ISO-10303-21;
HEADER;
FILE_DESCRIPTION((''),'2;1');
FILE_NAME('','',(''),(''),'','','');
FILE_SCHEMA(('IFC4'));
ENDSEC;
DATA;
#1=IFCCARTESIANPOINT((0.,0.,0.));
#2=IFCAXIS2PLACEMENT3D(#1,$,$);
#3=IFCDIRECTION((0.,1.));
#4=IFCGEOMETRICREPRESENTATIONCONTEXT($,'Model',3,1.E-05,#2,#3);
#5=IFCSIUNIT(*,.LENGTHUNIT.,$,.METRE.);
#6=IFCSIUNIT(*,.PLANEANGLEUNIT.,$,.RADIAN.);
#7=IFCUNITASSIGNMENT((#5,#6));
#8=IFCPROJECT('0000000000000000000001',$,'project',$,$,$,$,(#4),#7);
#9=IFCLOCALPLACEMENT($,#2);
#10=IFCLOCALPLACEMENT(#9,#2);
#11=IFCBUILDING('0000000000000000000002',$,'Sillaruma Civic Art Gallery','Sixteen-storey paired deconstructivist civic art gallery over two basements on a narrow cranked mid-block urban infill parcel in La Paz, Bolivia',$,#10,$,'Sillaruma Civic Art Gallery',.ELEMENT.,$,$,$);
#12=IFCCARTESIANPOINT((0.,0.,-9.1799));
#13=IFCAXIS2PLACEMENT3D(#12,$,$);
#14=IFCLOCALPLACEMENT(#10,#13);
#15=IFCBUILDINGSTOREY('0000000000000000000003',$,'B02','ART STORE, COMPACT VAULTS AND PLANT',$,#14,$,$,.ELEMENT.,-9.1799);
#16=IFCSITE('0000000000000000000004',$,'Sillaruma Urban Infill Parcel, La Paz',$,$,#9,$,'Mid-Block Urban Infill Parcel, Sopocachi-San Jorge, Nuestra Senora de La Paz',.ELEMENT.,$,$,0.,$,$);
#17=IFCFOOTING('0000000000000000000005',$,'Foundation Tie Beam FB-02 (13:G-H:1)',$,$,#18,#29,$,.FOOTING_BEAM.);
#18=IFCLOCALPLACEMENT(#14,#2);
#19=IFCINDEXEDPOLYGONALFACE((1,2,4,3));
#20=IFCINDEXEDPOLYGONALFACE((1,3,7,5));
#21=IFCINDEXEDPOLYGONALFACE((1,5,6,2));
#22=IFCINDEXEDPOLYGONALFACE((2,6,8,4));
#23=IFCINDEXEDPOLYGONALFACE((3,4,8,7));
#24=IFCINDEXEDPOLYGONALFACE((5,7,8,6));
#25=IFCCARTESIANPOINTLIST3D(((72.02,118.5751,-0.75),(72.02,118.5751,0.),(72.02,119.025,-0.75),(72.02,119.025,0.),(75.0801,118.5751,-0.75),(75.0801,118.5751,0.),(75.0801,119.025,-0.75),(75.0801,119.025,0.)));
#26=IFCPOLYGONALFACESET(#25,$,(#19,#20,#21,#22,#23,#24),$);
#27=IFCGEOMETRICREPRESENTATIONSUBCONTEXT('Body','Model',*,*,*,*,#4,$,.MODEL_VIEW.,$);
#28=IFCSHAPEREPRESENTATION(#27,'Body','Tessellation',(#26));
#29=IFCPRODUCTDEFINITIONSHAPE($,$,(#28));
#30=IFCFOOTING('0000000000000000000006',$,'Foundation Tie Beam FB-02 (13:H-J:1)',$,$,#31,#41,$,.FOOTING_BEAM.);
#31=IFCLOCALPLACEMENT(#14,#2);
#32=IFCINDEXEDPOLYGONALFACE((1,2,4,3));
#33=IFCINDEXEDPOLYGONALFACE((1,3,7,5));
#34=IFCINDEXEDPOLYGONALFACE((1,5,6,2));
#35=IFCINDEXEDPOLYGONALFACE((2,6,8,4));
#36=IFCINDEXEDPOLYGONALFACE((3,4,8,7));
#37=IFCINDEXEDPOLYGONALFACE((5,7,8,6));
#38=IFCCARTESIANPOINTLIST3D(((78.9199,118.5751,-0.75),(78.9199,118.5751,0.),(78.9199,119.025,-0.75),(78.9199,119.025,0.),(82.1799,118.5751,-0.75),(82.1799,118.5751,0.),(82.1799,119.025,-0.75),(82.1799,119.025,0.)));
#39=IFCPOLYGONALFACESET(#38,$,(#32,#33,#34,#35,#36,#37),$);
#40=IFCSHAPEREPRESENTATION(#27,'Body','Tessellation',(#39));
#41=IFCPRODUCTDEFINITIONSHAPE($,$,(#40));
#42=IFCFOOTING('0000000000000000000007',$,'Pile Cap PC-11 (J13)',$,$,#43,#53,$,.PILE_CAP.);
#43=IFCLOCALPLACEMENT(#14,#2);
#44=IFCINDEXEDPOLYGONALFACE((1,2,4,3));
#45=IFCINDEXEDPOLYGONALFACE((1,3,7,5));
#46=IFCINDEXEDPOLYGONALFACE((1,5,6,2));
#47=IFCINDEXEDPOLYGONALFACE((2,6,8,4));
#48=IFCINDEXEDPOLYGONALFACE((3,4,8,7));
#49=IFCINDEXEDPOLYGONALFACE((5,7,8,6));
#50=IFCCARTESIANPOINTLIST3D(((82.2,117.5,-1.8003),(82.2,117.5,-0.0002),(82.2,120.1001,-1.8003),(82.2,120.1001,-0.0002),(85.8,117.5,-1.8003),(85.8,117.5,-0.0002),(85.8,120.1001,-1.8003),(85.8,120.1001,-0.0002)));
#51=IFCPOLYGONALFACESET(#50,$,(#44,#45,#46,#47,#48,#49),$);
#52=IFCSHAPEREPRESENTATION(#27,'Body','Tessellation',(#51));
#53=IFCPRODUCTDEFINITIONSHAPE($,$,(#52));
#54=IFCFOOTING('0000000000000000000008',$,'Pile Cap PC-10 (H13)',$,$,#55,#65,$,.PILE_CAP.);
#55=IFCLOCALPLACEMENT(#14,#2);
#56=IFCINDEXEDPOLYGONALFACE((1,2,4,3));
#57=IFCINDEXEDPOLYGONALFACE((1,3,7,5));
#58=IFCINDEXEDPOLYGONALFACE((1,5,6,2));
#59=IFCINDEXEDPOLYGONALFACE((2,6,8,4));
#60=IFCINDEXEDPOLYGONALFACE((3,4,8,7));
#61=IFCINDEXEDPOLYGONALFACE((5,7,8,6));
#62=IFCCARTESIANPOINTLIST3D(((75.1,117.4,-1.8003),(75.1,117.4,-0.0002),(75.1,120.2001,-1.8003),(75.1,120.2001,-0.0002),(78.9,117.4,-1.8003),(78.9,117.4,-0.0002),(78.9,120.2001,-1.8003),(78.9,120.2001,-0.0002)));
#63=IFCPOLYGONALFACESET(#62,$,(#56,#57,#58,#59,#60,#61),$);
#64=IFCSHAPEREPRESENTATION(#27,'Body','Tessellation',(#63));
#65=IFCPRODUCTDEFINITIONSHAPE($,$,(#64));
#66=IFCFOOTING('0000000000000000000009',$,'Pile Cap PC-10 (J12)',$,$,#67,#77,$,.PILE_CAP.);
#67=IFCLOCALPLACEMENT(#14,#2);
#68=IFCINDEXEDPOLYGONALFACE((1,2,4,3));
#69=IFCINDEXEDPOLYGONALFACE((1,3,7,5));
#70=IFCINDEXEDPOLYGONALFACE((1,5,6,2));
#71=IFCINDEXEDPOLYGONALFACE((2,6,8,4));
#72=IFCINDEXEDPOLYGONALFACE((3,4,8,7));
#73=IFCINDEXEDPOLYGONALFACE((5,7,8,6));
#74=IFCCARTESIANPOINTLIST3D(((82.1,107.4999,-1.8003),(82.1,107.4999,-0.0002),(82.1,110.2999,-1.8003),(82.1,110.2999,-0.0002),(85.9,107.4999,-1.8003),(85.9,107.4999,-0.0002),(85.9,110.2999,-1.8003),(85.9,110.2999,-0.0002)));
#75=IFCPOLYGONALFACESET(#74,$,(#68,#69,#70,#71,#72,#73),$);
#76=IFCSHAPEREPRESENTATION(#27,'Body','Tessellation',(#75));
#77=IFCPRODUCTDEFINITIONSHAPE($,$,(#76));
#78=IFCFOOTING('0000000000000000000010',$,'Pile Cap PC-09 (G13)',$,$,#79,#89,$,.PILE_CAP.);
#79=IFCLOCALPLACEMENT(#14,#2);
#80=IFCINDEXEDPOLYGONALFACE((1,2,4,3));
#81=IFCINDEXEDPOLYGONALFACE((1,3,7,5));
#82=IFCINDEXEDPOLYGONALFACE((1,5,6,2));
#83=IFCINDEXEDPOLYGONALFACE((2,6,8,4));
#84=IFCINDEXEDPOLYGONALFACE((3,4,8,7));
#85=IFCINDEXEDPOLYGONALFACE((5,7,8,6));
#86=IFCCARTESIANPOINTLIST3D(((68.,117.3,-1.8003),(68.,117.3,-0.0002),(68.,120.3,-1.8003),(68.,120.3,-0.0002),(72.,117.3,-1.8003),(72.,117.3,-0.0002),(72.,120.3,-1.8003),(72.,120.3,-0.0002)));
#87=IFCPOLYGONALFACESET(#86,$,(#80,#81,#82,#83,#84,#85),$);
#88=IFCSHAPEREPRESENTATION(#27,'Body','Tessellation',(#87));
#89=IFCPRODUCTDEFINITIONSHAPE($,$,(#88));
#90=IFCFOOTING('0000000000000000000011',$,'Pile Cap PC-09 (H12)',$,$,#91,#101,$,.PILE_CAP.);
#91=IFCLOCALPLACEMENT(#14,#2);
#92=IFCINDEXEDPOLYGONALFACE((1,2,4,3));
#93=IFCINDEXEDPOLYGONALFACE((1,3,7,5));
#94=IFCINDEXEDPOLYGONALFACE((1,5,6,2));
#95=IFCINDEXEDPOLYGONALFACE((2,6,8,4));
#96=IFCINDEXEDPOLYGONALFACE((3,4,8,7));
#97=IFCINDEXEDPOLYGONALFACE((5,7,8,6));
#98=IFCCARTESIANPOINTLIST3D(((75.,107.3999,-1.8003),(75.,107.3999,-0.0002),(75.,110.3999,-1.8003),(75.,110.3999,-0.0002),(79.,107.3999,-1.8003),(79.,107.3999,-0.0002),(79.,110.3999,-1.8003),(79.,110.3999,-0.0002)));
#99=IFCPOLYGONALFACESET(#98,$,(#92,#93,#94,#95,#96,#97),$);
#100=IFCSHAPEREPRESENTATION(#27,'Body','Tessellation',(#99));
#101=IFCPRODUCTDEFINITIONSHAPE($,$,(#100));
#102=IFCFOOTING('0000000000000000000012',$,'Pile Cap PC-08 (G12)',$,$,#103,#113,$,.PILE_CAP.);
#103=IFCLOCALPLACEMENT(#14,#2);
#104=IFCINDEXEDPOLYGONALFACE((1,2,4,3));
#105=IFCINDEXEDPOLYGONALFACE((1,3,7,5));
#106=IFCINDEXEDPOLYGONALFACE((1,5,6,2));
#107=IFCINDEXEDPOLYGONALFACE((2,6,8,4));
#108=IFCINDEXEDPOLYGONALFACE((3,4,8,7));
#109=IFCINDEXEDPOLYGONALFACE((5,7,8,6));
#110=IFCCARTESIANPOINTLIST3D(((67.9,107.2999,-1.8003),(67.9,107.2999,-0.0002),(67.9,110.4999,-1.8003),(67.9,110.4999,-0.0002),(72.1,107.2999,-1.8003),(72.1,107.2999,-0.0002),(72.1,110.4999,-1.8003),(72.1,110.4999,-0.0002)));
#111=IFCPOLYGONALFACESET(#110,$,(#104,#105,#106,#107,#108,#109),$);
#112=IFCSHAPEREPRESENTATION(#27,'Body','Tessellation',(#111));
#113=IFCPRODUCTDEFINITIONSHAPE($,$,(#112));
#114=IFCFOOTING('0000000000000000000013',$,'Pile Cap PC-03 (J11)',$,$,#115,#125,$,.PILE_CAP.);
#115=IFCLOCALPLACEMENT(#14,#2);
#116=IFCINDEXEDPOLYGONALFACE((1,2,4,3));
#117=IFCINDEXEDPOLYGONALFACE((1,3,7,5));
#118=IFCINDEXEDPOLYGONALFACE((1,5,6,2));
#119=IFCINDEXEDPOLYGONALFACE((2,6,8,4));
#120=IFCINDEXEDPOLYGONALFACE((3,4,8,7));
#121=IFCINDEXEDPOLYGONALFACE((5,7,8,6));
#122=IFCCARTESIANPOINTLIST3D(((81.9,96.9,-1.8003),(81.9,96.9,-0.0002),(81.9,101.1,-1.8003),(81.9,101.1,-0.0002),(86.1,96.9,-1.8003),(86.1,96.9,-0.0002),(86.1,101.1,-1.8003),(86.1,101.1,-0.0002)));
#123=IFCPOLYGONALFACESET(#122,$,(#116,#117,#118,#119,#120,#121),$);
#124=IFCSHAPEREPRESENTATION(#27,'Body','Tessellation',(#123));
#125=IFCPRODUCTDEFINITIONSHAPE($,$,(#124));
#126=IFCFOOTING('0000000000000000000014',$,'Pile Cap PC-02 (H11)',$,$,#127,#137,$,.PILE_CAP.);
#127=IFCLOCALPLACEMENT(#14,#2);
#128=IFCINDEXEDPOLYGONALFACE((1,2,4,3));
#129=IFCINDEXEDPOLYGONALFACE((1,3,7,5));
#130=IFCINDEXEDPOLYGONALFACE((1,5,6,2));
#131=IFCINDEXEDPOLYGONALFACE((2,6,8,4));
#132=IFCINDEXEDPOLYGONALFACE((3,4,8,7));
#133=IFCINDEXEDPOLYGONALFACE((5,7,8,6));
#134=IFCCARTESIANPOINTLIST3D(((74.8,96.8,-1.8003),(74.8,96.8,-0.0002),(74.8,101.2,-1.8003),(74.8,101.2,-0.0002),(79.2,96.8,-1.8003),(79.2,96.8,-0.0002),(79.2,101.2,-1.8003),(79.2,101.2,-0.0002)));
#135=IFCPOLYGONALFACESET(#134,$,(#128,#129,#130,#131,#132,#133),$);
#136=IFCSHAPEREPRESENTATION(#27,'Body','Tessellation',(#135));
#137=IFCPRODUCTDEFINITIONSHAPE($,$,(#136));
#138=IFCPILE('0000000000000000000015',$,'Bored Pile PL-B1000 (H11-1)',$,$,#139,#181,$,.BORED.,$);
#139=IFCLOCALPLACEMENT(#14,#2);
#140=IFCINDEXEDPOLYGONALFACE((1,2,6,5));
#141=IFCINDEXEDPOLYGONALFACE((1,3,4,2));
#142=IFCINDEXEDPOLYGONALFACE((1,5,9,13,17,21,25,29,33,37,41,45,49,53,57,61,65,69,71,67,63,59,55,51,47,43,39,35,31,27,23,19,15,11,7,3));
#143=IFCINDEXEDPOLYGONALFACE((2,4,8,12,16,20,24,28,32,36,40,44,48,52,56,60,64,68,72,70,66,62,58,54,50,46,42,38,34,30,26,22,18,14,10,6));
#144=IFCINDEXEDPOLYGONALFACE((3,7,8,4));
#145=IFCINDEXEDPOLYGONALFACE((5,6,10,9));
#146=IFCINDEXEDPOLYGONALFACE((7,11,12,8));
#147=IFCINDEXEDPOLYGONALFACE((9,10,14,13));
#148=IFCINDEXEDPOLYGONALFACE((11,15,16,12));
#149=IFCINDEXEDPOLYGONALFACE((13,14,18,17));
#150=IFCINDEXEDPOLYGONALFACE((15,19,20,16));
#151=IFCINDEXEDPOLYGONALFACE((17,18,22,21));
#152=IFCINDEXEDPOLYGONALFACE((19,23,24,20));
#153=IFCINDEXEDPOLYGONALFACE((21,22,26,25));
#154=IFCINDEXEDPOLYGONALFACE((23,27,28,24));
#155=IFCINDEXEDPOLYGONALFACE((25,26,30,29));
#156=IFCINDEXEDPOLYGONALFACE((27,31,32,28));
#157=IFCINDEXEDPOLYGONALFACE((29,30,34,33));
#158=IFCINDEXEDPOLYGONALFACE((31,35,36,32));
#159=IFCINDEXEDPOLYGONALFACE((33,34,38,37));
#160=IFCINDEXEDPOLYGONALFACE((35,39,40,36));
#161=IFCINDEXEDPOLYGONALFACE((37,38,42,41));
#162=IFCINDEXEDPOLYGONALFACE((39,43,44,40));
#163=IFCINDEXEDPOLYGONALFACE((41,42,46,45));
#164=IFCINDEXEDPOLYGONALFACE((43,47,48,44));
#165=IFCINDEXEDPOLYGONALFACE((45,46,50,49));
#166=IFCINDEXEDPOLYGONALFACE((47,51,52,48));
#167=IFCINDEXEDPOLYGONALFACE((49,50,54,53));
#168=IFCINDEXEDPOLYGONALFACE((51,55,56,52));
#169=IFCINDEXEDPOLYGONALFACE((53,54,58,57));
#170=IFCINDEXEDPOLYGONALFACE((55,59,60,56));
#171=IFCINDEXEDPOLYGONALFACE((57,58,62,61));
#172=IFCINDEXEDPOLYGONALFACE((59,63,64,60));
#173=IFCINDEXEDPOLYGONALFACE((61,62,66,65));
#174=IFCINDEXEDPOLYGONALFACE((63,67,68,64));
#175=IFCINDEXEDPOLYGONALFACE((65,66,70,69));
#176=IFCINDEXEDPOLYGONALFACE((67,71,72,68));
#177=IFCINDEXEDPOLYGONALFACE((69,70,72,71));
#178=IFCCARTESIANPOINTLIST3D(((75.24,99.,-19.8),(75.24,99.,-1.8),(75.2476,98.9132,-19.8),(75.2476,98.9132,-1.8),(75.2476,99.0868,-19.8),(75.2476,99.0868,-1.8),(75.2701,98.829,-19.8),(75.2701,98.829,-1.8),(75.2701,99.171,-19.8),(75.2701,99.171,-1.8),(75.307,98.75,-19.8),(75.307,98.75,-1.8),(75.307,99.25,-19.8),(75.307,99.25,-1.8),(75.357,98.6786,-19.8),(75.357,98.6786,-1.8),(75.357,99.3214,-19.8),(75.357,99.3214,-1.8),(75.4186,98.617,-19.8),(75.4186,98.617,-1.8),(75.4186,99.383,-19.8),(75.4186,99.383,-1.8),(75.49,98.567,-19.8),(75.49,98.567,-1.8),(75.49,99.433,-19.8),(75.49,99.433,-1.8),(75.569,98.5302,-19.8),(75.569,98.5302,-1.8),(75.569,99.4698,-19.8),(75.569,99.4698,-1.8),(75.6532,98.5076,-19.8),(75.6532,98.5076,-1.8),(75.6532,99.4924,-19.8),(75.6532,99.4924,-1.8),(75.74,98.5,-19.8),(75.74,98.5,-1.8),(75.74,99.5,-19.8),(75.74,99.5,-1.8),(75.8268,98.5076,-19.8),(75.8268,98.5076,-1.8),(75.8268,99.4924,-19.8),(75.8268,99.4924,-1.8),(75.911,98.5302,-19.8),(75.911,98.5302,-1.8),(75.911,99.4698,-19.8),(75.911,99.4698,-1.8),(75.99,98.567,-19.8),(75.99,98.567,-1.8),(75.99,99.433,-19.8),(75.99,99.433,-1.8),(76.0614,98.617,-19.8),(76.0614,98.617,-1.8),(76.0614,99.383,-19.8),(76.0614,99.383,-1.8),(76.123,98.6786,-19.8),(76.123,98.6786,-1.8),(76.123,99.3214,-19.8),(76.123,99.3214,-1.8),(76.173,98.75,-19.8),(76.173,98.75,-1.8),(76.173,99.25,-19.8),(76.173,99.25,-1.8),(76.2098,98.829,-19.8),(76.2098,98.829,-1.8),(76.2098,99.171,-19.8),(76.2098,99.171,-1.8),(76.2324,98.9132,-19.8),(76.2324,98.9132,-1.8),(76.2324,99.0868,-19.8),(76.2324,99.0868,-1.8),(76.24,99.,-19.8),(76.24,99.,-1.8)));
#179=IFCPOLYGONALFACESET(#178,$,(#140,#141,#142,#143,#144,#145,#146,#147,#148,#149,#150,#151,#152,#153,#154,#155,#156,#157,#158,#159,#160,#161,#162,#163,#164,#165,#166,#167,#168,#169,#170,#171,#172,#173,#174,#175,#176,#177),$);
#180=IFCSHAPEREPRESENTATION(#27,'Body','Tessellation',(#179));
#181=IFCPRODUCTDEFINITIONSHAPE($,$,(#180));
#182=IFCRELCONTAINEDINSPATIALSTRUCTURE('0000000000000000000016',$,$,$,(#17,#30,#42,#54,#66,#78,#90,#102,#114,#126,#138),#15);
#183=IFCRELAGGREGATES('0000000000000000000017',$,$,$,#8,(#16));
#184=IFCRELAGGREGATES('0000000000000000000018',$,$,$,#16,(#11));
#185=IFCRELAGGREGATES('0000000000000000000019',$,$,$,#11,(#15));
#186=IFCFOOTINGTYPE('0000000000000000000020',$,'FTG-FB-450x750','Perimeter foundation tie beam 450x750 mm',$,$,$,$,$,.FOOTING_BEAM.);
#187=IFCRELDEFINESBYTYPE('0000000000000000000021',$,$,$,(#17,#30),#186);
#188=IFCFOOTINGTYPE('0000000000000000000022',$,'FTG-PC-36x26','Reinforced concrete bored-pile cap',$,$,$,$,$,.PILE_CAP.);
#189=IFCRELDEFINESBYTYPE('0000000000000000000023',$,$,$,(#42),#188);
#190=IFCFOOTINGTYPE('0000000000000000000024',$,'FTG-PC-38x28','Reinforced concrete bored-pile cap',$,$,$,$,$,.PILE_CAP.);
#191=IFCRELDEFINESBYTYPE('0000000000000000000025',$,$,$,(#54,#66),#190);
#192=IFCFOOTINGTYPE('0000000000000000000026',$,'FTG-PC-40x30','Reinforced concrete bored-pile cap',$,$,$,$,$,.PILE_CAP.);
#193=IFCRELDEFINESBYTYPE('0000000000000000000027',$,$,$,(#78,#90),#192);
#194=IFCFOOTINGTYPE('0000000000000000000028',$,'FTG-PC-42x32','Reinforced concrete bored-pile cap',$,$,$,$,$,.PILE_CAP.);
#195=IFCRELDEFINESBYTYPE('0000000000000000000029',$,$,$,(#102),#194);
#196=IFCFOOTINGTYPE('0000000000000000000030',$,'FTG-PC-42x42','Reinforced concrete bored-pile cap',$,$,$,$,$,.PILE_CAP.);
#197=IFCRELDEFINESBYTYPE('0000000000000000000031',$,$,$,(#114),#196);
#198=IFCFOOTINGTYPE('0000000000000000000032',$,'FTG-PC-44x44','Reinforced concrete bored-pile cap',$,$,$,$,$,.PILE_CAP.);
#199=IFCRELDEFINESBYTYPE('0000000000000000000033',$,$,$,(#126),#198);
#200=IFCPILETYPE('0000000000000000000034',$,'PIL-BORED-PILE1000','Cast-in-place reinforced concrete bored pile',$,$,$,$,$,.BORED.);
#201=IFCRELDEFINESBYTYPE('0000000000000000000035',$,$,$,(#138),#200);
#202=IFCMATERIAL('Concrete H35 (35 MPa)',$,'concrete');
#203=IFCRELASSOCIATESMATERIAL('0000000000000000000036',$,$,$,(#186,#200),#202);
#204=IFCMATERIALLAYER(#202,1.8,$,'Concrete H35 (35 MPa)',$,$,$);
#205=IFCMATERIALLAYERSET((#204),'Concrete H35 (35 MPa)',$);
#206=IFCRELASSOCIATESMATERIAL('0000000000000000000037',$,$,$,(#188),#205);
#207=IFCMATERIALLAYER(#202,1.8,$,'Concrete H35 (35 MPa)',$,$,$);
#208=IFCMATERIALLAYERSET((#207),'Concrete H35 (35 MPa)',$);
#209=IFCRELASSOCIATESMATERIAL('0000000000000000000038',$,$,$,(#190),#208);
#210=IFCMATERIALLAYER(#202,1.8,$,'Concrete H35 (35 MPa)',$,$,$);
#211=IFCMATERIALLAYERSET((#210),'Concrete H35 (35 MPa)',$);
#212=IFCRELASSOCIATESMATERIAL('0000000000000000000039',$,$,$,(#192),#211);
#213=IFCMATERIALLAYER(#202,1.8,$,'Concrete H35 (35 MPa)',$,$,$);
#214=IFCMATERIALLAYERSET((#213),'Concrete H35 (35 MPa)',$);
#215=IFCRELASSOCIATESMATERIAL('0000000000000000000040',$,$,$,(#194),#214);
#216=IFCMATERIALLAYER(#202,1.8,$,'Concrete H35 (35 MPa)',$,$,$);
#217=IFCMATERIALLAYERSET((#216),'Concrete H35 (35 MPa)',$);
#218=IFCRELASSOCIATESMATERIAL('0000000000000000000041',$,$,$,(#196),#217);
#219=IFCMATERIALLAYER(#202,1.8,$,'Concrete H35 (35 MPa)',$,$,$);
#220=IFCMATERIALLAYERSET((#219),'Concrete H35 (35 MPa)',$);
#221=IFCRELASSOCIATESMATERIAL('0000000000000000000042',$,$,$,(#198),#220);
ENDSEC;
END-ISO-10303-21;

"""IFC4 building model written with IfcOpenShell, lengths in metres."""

from ifc_helpers import new_model, si_unit, direction, frame, origin, origin_2d, place, context, subcontext, project, spatial, rectangle, circle, extrude, material, layer, layer_set, material_profile, profile_set, type_object, element, save


model = new_model("IFC4")

# Units and contexts
model_context = context("Model", 3, precision=1e-05, world=origin(), true_north=direction((0.0, 1.0)))
body_context = subcontext(model_context, "Body", "Model", "MODEL_VIEW")
ifc_project = project(units=[si_unit("LENGTHUNIT", "METRE"), si_unit("PLANEANGLEUNIT", "RADIAN")], contexts=[model_context])

# Site, building, storey
site_placement = place(None, origin())
site = spatial("IfcSite", under=ifc_project, at=site_placement, Name="Sillaruma Urban Infill Parcel, La Paz", LongName="Mid-Block Urban Infill Parcel, Sopocachi-San Jorge, Nuestra Senora de La Paz", CompositionType="ELEMENT", RefElevation=0.0)
building_placement = place(site_placement, origin())
building = spatial("IfcBuilding", under=site, at=building_placement, Name="Sillaruma Civic Art Gallery", Description="Sixteen-storey paired deconstructivist civic art gallery over two basements on a narrow cranked mid-block urban infill parcel in La Paz, Bolivia", LongName="Sillaruma Civic Art Gallery", CompositionType="ELEMENT")
storey_placement = place(building_placement, frame((0.0, 0.0, -9.1799)))
storey = spatial("IfcBuildingStorey", under=building, at=storey_placement, Name="B02", Description="ART STORE, COMPACT VAULTS AND PLANT", CompositionType="ELEMENT", Elevation=-9.1799)

# Footings
ifc_material_1 = material(Name="Concrete H35 (35 MPa)", Category="concrete")
ifc_material_profile_1 = material_profile(ifc_material_1, rectangle(XDim=0.45, YDim=0.75, at=origin_2d()), Name="RCB450x750")
ifc_profile_set_1 = profile_set([ifc_material_profile_1], Name="Concrete H35 (35 MPa)")
footing_type_1 = type_object("IfcFootingType", Name="FTG-FB-450x750", Description="Perimeter foundation tie beam 450x750 mm", PredefinedType="FOOTING_BEAM", material=ifc_profile_set_1)
footing_1_placement = place(storey_placement, frame((72.02, 118.8, -0.375), z_axis=(1.0, 0.0, 0.0), x_axis=(0.0, 1.0, 0.0)))
element("IfcFooting", 1, at=footing_1_placement, inside=storey, type_object=footing_type_1, Name="Foundation Tie Beam FB-02 (13:G-H:1)", PredefinedType="FOOTING_BEAM", context=body_context, shape_type="SweptSolid", body=[
    extrude(rectangle(XDim=0.45, YDim=0.75, at=origin_2d()), origin(), (0.0, 0.0, 1.0), 3.0601),
])
footing_2_placement = place(storey_placement, frame((78.9199, 118.8, -0.375), z_axis=(1.0, 0.0, 0.0), x_axis=(0.0, 1.0, 0.0)))
element("IfcFooting", 2, at=footing_2_placement, inside=storey, type_object=footing_type_1, Name="Foundation Tie Beam FB-02 (13:H-J:1)", PredefinedType="FOOTING_BEAM", context=body_context, shape_type="SweptSolid", body=[
    extrude(rectangle(XDim=0.45, YDim=0.75, at=origin_2d()), origin(), (0.0, 0.0, 1.0), 3.26),
])
ifc_layer_1 = layer(ifc_material_1, 1.8, Name="Concrete H35 (35 MPa)")
ifc_layer_set_1 = layer_set([ifc_layer_1], Name="Concrete H35 (35 MPa)")
footing_type_2 = type_object("IfcFootingType", Name="FTG-PC-36x26", Description="Reinforced concrete bored-pile cap", PredefinedType="PILE_CAP", material=ifc_layer_set_1)
footing_3_placement = place(storey_placement, frame((84.0, 118.8, -1.8003), z_axis=(0.0, 0.0, 1.0), x_axis=(1.0, 0.0, 0.0)))
element("IfcFooting", 3, at=footing_3_placement, inside=storey, type_object=footing_type_2, Name="Pile Cap PC-11 (J13)", PredefinedType="PILE_CAP", context=body_context, shape_type="SweptSolid", body=[
    extrude(rectangle(XDim=3.6001, YDim=2.6001, at=origin_2d()), origin(), (0.0, 0.0, 1.0), 1.8),
])
ifc_layer_2 = layer(ifc_material_1, 1.8, Name="Concrete H35 (35 MPa)")
ifc_layer_set_2 = layer_set([ifc_layer_2], Name="Concrete H35 (35 MPa)")
footing_type_3 = type_object("IfcFootingType", Name="FTG-PC-38x28", Description="Reinforced concrete bored-pile cap", PredefinedType="PILE_CAP", material=ifc_layer_set_2)
for number, where, z_axis, x_axis, name in (
    (4, (77.0, 118.8, -1.8003), (0.0, 0.0, 1.0), (1.0, 0.0, 0.0), "Pile Cap PC-10 (H13)"),
    (5, (84.0, 108.8999, -1.8003), (0.0, 0.0, 1.0), (1.0, 0.0, 0.0), "Pile Cap PC-10 (J12)"),
):
    element("IfcFooting", number, at=place(storey_placement, frame(where, z_axis=z_axis, x_axis=x_axis)), inside=storey, type_object=footing_type_3, Name=name, PredefinedType="PILE_CAP", context=body_context, shape_type="SweptSolid", body=[
        extrude(rectangle(XDim=3.8, YDim=2.8, at=origin_2d()), origin(), (0.0, 0.0, 1.0), 1.8),
    ])
ifc_layer_3 = layer(ifc_material_1, 1.8, Name="Concrete H35 (35 MPa)")
ifc_layer_set_3 = layer_set([ifc_layer_3], Name="Concrete H35 (35 MPa)")
footing_type_4 = type_object("IfcFootingType", Name="FTG-PC-40x30", Description="Reinforced concrete bored-pile cap", PredefinedType="PILE_CAP", material=ifc_layer_set_3)
for number, where, z_axis, x_axis, name in (
    (6, (70.0, 118.8, -1.8003), (0.0, 0.0, 1.0), (1.0, 0.0, 0.0), "Pile Cap PC-09 (G13)"),
    (7, (77.0, 108.8999, -1.8003), (0.0, 0.0, 1.0), (1.0, 0.0, 0.0), "Pile Cap PC-09 (H12)"),
):
    element("IfcFooting", number, at=place(storey_placement, frame(where, z_axis=z_axis, x_axis=x_axis)), inside=storey, type_object=footing_type_4, Name=name, PredefinedType="PILE_CAP", context=body_context, shape_type="SweptSolid", body=[
        extrude(rectangle(XDim=4.0, YDim=3.0, at=origin_2d()), origin(), (0.0, 0.0, 1.0), 1.8),
    ])
ifc_layer_4 = layer(ifc_material_1, 1.8, Name="Concrete H35 (35 MPa)")
ifc_layer_set_4 = layer_set([ifc_layer_4], Name="Concrete H35 (35 MPa)")
footing_type_5 = type_object("IfcFootingType", Name="FTG-PC-42x32", Description="Reinforced concrete bored-pile cap", PredefinedType="PILE_CAP", material=ifc_layer_set_4)
footing_4_placement = place(storey_placement, frame((70.0, 108.8999, -1.8003), z_axis=(0.0, 0.0, 1.0), x_axis=(1.0, 0.0, 0.0)))
element("IfcFooting", 8, at=footing_4_placement, inside=storey, type_object=footing_type_5, Name="Pile Cap PC-08 (G12)", PredefinedType="PILE_CAP", context=body_context, shape_type="SweptSolid", body=[
    extrude(rectangle(XDim=4.2, YDim=3.2, at=origin_2d()), origin(), (0.0, 0.0, 1.0), 1.8),
])
ifc_layer_5 = layer(ifc_material_1, 1.8, Name="Concrete H35 (35 MPa)")
ifc_layer_set_5 = layer_set([ifc_layer_5], Name="Concrete H35 (35 MPa)")
footing_type_6 = type_object("IfcFootingType", Name="FTG-PC-42x42", Description="Reinforced concrete bored-pile cap", PredefinedType="PILE_CAP", material=ifc_layer_set_5)
footing_5_placement = place(storey_placement, frame((84.0, 99.0, -1.8003), z_axis=(0.0, 0.0, 1.0), x_axis=(1.0, 0.0, 0.0)))
element("IfcFooting", 9, at=footing_5_placement, inside=storey, type_object=footing_type_6, Name="Pile Cap PC-03 (J11)", PredefinedType="PILE_CAP", context=body_context, shape_type="SweptSolid", body=[
    extrude(rectangle(XDim=4.2, YDim=4.2, at=origin_2d()), origin(), (0.0, 0.0, 1.0), 1.8),
])
ifc_layer_6 = layer(ifc_material_1, 1.8, Name="Concrete H35 (35 MPa)")
ifc_layer_set_6 = layer_set([ifc_layer_6], Name="Concrete H35 (35 MPa)")
footing_type_7 = type_object("IfcFootingType", Name="FTG-PC-44x44", Description="Reinforced concrete bored-pile cap", PredefinedType="PILE_CAP", material=ifc_layer_set_6)
footing_6_placement = place(storey_placement, frame((77.0, 99.0, -1.8003), z_axis=(0.0, 0.0, 1.0), x_axis=(1.0, 0.0, 0.0)))
element("IfcFooting", 10, at=footing_6_placement, inside=storey, type_object=footing_type_7, Name="Pile Cap PC-02 (H11)", PredefinedType="PILE_CAP", context=body_context, shape_type="SweptSolid", body=[
    extrude(rectangle(XDim=4.3999, YDim=4.3999, at=origin_2d()), origin(), (0.0, 0.0, 1.0), 1.8),
])

# Pile
ifc_material_profile_2 = material_profile(ifc_material_1, circle(Radius=0.5, at=origin_2d()), Name="PILE1000")
ifc_profile_set_2 = profile_set([ifc_material_profile_2], Name="Concrete H35 (35 MPa)")
pile_type_1 = type_object("IfcPileType", Name="PIL-BORED-PILE1000", Description="Cast-in-place reinforced concrete bored pile", PredefinedType="BORED", material=ifc_profile_set_2)
for number, where, z_axis, x_axis, name in (
    (11, (75.74, 99.0, -1.8), (0.0, 0.0, -1.0), (1.0, 0.0, 0.0), "Bored Pile PL-B1000 (H11-1)"),
):
    element("IfcPile", number, at=place(storey_placement, frame(where, z_axis=z_axis, x_axis=x_axis)), inside=storey, type_object=pile_type_1, Name=name, PredefinedType="BORED", context=body_context, shape_type="SweptSolid", body=[
        extrude(circle(Radius=0.5, at=origin_2d()), origin(), (0.0, 0.0, 1.0), 18.0),
    ])

save(model, "model.ifc")
